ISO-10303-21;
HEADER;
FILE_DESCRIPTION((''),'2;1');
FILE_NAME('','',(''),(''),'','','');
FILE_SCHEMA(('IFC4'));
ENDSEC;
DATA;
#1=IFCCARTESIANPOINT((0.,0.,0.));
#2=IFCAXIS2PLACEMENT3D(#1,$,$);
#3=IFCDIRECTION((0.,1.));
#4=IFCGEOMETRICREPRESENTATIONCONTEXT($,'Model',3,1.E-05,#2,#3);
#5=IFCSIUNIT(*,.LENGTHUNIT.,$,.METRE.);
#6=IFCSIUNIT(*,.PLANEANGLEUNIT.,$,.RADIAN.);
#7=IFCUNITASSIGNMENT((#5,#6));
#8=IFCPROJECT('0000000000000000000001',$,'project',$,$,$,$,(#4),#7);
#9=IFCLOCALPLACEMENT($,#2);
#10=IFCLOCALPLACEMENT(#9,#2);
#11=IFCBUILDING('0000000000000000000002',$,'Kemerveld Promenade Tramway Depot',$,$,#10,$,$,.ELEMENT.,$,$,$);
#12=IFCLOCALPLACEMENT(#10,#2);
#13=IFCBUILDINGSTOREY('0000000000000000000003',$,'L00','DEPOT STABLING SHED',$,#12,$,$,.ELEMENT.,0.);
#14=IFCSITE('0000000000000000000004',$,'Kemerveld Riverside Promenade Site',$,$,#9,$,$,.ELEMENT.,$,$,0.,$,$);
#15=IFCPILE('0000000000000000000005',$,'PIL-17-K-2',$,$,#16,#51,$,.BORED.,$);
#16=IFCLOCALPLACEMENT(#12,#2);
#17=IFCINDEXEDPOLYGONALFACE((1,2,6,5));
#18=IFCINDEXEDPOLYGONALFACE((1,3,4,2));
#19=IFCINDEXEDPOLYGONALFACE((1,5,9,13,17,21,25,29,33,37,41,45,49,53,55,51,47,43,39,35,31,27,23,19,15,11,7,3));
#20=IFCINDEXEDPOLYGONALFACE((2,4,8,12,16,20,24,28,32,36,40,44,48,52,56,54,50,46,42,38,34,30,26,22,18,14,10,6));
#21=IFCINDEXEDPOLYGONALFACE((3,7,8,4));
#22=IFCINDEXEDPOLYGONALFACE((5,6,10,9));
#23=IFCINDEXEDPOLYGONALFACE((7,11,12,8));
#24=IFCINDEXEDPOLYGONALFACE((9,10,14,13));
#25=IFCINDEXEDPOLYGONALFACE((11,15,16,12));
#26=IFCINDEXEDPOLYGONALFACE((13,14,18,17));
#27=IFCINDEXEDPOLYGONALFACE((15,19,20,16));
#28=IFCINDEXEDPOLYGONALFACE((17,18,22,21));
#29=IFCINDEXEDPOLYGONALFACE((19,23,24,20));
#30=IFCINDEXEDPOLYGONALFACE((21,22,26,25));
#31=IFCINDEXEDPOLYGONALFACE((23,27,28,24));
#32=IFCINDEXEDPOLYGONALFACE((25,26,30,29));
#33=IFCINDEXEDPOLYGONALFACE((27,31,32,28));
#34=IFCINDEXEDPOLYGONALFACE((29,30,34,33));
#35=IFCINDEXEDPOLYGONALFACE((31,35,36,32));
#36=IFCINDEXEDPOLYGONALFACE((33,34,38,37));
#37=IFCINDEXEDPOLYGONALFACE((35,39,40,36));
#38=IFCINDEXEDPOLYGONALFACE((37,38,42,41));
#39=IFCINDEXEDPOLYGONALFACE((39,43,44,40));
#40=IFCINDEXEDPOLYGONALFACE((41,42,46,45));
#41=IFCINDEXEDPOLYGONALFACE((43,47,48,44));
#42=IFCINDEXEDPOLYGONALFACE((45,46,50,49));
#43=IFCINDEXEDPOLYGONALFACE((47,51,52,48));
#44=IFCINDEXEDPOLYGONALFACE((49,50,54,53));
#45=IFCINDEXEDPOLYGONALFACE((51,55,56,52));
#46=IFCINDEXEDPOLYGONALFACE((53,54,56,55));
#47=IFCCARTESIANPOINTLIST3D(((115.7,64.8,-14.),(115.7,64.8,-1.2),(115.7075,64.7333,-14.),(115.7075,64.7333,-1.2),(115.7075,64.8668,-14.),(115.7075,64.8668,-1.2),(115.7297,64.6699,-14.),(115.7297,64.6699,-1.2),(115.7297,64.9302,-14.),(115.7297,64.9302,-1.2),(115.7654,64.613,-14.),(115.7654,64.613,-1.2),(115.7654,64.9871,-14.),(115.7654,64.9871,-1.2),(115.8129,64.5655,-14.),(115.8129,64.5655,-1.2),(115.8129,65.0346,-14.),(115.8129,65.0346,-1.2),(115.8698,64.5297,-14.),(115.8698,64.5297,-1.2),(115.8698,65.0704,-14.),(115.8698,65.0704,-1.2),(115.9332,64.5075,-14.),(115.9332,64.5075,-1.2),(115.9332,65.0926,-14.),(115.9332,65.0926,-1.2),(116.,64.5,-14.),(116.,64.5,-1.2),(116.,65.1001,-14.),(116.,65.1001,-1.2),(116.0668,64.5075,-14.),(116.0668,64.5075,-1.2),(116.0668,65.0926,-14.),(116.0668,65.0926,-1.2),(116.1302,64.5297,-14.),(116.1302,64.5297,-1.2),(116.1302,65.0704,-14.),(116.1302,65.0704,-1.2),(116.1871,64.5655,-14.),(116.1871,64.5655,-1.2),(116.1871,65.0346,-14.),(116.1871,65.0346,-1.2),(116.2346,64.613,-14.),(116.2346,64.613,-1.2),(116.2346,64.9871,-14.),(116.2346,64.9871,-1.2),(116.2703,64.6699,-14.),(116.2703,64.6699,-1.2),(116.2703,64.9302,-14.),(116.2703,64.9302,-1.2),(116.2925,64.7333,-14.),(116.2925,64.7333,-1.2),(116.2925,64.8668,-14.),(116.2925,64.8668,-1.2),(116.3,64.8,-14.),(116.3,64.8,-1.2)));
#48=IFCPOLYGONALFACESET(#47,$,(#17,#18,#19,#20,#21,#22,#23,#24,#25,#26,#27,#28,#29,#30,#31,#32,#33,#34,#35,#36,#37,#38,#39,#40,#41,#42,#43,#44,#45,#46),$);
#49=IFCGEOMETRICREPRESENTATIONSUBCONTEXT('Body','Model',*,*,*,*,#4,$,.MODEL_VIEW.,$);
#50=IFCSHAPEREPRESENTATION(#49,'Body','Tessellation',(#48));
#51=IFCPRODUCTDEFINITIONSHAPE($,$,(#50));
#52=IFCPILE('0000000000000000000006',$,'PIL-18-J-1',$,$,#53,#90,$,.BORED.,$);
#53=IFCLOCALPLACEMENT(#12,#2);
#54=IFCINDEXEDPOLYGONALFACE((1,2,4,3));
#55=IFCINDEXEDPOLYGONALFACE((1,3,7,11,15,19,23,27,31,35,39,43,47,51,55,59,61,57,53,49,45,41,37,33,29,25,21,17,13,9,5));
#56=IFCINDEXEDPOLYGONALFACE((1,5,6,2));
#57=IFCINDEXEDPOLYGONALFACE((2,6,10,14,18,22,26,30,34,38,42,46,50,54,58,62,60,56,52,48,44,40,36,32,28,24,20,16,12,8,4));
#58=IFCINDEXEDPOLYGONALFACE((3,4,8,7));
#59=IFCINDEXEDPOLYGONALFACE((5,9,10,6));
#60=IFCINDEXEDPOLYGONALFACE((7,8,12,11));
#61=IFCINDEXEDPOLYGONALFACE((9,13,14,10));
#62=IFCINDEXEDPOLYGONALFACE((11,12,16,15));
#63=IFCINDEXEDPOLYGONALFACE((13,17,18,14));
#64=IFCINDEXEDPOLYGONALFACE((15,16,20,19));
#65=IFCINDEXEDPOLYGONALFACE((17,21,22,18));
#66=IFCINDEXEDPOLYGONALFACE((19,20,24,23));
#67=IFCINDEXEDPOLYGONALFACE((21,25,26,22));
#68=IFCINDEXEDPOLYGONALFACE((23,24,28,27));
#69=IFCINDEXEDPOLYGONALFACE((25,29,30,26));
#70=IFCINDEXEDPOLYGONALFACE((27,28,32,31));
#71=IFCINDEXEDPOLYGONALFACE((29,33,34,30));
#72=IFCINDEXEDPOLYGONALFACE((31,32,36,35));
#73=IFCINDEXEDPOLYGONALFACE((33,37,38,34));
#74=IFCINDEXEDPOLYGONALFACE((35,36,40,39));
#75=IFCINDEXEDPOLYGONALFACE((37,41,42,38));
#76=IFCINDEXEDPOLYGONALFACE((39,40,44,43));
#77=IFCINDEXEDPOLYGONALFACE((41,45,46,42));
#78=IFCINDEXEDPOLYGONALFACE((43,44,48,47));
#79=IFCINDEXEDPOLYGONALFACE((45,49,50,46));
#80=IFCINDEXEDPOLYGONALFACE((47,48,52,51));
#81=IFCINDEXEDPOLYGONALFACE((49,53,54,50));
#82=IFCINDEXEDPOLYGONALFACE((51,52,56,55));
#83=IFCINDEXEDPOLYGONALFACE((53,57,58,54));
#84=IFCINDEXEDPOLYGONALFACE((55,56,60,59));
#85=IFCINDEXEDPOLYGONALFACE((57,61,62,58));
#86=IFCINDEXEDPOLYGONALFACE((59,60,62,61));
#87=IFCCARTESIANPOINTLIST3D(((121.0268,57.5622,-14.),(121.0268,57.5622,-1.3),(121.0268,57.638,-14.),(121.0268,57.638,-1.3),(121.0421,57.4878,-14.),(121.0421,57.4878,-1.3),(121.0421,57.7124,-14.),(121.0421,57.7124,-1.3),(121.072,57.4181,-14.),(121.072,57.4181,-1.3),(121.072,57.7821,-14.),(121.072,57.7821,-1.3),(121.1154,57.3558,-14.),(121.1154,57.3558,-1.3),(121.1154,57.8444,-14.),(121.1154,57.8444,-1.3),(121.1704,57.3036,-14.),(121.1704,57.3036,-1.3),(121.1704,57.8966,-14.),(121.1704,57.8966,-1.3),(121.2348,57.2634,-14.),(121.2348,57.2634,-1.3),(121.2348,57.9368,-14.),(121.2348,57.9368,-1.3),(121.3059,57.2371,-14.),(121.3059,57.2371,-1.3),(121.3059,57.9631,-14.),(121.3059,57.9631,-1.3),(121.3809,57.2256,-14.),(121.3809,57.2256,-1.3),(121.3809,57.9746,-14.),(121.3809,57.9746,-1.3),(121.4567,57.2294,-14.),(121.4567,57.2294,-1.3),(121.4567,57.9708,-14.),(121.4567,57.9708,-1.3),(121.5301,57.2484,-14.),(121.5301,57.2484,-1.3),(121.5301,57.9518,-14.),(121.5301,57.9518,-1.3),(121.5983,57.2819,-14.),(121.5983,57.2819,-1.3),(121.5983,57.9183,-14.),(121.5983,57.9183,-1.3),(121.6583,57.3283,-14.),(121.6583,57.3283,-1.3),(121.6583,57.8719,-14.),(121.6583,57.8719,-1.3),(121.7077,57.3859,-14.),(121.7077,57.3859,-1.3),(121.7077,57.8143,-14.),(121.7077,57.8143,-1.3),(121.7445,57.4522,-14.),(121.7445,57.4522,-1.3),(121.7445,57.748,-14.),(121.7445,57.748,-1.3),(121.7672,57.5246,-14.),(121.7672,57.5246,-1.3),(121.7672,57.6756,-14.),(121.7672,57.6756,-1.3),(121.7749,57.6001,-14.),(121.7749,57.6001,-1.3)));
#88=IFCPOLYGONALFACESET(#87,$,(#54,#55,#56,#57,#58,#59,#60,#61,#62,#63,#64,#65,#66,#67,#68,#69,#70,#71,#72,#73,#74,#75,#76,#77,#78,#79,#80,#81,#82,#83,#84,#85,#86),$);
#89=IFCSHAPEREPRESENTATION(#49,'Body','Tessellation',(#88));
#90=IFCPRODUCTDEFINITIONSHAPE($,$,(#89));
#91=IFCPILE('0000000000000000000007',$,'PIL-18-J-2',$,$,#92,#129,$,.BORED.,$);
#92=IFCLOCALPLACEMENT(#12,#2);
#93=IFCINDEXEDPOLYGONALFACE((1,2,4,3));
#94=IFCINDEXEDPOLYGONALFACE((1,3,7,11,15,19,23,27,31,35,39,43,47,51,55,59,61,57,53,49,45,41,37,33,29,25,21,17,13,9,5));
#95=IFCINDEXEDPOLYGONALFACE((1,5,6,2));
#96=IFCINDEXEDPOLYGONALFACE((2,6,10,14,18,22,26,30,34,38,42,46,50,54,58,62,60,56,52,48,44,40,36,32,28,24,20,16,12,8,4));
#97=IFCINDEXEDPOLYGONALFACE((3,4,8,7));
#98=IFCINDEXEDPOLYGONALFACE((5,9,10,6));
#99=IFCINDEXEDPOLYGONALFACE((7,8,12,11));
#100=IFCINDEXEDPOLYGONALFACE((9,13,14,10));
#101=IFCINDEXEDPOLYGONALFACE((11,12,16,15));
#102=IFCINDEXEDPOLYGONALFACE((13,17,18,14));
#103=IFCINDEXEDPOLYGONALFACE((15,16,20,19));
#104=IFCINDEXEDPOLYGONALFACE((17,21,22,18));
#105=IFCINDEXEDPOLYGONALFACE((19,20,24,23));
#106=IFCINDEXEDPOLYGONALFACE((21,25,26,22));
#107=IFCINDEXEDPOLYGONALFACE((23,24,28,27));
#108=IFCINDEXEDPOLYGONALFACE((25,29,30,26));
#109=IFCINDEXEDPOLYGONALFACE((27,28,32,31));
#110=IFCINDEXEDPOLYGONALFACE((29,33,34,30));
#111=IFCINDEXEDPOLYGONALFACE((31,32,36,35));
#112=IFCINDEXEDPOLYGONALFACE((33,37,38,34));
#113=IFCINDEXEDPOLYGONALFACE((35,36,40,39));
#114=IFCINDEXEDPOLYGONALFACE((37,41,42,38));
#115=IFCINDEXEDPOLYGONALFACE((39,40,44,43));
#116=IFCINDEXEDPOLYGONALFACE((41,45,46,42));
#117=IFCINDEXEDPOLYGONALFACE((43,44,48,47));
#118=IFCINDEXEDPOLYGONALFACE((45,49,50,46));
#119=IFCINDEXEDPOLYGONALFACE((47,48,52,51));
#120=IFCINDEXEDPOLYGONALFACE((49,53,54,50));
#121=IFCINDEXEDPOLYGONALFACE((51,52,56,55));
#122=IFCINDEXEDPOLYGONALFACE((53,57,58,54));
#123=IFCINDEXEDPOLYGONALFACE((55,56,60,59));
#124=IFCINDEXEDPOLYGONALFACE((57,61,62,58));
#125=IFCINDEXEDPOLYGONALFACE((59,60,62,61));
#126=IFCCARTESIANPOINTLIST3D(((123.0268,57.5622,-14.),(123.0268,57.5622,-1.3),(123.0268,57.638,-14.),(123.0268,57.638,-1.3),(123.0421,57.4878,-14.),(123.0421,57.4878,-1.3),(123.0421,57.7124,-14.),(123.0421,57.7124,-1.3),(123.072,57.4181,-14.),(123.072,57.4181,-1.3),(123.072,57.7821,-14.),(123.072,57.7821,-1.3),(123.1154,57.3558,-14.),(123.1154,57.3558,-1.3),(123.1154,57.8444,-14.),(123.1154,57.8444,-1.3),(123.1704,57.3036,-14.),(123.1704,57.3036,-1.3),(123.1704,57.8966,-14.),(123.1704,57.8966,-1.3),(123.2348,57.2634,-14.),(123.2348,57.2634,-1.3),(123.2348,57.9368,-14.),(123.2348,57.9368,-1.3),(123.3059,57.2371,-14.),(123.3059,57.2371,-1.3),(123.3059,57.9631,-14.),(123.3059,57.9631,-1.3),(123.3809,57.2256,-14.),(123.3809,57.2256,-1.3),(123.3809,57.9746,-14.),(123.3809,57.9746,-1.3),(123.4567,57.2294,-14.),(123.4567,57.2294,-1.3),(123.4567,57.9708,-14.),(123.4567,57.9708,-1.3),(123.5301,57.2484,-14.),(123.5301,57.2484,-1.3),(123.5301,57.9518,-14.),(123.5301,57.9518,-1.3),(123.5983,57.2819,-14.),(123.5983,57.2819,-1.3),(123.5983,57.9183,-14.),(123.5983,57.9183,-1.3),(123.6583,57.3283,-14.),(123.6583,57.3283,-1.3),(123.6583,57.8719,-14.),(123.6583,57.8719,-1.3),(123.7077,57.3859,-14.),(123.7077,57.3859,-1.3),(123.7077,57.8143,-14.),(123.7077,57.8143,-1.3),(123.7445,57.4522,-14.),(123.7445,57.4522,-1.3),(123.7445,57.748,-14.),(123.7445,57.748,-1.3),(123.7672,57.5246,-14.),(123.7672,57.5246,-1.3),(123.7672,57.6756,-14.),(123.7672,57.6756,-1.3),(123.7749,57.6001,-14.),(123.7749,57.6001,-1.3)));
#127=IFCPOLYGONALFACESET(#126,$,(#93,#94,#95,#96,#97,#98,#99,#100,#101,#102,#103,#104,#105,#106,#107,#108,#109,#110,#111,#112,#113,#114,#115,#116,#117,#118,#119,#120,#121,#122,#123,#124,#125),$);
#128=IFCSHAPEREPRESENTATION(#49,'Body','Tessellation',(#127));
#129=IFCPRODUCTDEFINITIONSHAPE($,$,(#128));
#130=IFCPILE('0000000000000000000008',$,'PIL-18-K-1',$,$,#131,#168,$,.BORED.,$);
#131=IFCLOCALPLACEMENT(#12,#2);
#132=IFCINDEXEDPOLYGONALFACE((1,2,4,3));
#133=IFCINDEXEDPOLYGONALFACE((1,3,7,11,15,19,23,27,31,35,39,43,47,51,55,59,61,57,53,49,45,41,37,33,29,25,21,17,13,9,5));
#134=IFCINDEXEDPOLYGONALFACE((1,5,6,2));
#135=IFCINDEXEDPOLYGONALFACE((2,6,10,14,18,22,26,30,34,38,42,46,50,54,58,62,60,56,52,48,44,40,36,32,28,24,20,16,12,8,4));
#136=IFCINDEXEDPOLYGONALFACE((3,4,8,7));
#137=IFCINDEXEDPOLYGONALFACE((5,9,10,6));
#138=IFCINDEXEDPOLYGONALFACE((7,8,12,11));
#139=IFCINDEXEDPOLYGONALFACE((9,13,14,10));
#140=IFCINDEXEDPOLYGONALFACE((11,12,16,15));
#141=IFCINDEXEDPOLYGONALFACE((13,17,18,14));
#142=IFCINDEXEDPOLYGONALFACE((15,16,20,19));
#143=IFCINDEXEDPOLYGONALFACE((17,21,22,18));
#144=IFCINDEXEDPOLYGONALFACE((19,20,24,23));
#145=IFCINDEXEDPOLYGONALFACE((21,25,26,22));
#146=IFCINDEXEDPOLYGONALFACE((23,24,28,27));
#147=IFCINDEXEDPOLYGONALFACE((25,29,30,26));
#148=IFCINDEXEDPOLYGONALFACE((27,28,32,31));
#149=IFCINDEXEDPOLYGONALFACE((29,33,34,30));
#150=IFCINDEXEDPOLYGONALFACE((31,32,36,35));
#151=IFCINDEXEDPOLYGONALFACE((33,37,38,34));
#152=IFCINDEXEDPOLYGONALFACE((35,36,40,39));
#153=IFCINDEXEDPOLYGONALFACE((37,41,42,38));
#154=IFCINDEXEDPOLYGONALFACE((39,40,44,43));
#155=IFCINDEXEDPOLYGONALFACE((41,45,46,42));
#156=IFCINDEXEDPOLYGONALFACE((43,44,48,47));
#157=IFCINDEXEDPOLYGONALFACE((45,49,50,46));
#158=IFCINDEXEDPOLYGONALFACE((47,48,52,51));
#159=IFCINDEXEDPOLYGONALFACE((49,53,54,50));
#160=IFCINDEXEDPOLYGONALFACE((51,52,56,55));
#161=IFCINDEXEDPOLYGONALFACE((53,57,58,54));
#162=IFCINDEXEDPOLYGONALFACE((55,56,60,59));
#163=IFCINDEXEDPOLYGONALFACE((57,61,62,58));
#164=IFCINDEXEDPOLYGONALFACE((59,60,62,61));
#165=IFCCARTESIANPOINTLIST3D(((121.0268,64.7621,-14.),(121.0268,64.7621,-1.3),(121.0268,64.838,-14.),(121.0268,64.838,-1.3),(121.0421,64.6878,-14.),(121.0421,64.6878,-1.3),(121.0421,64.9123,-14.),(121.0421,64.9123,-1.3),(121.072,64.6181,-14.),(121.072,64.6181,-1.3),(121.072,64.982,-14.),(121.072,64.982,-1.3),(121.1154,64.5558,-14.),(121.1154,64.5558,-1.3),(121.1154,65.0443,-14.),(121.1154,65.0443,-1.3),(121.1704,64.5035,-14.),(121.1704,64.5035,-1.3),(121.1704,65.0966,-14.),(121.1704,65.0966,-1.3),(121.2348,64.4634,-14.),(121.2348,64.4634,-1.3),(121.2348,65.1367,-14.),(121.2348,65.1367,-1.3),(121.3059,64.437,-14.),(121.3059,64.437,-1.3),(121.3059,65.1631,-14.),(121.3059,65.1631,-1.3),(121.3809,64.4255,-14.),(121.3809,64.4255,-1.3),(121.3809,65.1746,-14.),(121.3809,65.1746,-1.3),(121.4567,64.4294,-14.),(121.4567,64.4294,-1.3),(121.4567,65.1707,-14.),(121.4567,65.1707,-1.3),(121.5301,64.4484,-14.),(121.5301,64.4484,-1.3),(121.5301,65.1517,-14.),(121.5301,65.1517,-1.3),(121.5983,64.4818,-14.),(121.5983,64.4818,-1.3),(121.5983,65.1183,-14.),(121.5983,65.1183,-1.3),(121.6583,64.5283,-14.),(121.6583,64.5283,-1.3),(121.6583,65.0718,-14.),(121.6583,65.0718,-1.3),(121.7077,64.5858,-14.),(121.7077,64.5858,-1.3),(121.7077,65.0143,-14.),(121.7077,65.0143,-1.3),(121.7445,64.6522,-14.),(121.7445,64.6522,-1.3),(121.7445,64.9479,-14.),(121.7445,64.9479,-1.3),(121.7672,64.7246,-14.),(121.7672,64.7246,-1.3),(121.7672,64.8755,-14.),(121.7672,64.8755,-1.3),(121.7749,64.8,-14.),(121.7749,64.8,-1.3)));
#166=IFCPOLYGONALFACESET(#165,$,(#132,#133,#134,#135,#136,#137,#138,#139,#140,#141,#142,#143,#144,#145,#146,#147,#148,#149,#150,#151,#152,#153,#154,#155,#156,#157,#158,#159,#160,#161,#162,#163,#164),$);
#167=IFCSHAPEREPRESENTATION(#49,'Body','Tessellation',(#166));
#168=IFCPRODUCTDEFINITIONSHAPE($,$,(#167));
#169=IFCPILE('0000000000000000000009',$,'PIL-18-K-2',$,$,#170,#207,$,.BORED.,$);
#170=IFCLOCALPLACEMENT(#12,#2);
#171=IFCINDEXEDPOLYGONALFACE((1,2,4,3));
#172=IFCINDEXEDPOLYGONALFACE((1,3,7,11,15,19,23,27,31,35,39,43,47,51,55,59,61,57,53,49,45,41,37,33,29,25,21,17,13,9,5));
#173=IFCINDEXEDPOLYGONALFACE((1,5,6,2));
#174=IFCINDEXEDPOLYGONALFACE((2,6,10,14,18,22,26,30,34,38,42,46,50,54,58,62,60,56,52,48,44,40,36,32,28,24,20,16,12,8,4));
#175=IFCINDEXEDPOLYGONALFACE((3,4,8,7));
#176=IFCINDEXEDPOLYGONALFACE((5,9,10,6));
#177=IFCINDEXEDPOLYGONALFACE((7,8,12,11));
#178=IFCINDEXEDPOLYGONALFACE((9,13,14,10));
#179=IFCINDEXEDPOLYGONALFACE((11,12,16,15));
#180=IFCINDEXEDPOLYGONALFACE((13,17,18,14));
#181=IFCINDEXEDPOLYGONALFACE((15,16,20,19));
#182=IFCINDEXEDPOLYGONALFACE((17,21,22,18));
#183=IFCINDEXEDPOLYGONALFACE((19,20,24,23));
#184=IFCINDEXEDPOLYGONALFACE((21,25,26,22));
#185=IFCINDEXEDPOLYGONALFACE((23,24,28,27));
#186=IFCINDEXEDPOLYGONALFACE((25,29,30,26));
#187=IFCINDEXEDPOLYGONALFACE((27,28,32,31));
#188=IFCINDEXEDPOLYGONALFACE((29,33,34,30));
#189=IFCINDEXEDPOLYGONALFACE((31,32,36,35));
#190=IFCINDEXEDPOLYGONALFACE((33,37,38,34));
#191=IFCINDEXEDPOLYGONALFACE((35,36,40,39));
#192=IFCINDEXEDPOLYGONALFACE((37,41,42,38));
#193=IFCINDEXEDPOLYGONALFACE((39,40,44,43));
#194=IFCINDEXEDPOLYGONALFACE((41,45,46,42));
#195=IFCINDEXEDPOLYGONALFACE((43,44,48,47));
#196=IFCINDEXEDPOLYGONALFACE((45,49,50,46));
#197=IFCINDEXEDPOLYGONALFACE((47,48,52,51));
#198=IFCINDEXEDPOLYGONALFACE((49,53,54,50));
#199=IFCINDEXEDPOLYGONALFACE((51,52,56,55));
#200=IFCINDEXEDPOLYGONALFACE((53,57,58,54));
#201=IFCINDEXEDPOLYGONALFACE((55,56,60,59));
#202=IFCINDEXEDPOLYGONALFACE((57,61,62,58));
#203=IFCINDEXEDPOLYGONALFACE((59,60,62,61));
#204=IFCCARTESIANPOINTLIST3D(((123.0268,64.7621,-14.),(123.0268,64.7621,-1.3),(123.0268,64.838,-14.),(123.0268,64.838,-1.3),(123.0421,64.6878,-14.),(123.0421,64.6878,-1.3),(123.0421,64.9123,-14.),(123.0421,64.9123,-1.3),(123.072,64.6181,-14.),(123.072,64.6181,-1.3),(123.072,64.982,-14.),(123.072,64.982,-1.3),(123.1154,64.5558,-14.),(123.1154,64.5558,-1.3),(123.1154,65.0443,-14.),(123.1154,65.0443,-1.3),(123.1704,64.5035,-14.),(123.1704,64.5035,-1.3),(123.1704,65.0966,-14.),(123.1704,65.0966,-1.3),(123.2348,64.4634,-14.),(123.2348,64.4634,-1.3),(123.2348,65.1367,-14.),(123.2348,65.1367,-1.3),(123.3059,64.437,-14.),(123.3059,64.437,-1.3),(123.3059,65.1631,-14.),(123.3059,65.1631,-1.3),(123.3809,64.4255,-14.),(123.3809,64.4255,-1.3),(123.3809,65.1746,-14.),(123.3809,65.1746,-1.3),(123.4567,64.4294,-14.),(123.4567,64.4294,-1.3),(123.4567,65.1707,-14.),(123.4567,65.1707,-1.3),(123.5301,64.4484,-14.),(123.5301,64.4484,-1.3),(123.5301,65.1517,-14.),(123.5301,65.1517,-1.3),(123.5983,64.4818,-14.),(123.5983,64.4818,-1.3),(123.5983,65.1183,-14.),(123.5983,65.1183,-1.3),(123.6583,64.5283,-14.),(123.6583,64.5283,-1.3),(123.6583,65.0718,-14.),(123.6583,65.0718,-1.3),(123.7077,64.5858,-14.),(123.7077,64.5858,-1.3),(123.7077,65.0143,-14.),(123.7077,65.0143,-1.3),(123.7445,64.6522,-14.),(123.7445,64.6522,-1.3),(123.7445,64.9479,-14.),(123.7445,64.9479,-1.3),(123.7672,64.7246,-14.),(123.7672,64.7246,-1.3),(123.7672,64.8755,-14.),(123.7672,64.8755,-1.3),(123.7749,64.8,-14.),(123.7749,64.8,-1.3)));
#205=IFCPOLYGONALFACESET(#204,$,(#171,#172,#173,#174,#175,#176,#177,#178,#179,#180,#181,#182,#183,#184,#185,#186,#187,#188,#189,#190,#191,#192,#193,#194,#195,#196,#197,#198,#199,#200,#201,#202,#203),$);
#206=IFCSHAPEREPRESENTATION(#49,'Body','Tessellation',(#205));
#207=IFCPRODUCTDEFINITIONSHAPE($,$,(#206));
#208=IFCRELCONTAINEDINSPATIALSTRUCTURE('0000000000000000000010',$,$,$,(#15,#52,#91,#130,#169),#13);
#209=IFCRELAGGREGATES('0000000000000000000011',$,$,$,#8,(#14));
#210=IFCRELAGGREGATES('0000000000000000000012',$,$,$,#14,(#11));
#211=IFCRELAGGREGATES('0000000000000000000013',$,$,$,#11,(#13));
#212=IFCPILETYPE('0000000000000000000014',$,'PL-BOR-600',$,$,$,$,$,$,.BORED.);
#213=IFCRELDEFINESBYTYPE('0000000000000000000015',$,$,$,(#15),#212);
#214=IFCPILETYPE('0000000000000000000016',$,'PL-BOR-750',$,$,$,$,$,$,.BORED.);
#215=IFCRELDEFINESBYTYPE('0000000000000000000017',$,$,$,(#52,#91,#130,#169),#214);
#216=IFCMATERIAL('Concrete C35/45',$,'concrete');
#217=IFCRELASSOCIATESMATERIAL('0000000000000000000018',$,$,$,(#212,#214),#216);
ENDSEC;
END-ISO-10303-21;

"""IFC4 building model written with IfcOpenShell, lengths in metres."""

from ifc_helpers import new_model, si_unit, direction, frame, origin, origin_2d, place, context, subcontext, project, spatial, circle, extrude, material, material_profile, profile_set, type_object, element, save


model = new_model("IFC4")

# Units and contexts
model_context = context("Model", 3, precision=1e-05, world=origin(), true_north=direction((0.0, 1.0)))
body_context = subcontext(model_context, "Body", "Model", "MODEL_VIEW")
ifc_project = project(units=[si_unit("LENGTHUNIT", "METRE"), si_unit("PLANEANGLEUNIT", "RADIAN")], contexts=[model_context])

# Site, building, storey
site_placement = place(None, origin())
site = spatial("IfcSite", under=ifc_project, at=site_placement, Name="Kemerveld Riverside Promenade Site", CompositionType="ELEMENT", RefElevation=0.0)
building_placement = place(site_placement, origin())
building = spatial("IfcBuilding", under=site, at=building_placement, Name="Kemerveld Promenade Tramway Depot", CompositionType="ELEMENT")
storey_placement = place(building_placement, origin())
storey = spatial("IfcBuildingStorey", under=building, at=storey_placement, Name="L00", Description="DEPOT STABLING SHED", CompositionType="ELEMENT", Elevation=0.0)

# Shared definitions
ifc_material_1 = material(Name="Concrete C35/45", Category="concrete")

# Piles
ifc_material_profile_1 = material_profile(ifc_material_1, circle(Radius=0.3, at=origin_2d()), Name="PILE-D600")
ifc_profile_set_1 = profile_set([ifc_material_profile_1], Name="Concrete C35/45")
pile_type_1 = type_object("IfcPileType", Name="PL-BOR-600", PredefinedType="BORED", material=ifc_profile_set_1)
for number, where, z_axis, x_axis, name in (
    (1, (116.0, 64.8, -1.2), (0.0, 0.0, -1.0), (1.0, 0.0, 0.0), "PIL-17-K-2"),
):
    element("IfcPile", number, at=place(storey_placement, frame(where, z_axis=z_axis, x_axis=x_axis)), inside=storey, type_object=pile_type_1, Name=name, PredefinedType="BORED", context=body_context, shape_type="SweptSolid", body=[
        extrude(circle(Radius=0.3, at=origin_2d()), origin(), (0.0, 0.0, 1.0), 12.8),
    ])
ifc_material_profile_2 = material_profile(ifc_material_1, circle(Radius=0.375, at=origin_2d()), Name="PILE-D750")
ifc_profile_set_2 = profile_set([ifc_material_profile_2], Name="Concrete C35/45")
pile_type_2 = type_object("IfcPileType", Name="PL-BOR-750", PredefinedType="BORED", material=ifc_profile_set_2)
for number, where, z_axis, x_axis, name in (
    (2, (121.3999, 57.6001, -1.3), (0.0, 0.0, -1.0), (1.0, 0.0, 0.0), "PIL-18-J-1"),
    (3, (123.3999, 57.6001, -1.3), (0.0, 0.0, -1.0), (1.0, 0.0, 0.0), "PIL-18-J-2"),
    (4, (121.3999, 64.8, -1.3), (0.0, 0.0, -1.0), (1.0, 0.0, 0.0), "PIL-18-K-1"),
    (5, (123.3999, 64.8, -1.3), (0.0, 0.0, -1.0), (1.0, 0.0, 0.0), "PIL-18-K-2"),
):
    element("IfcPile", number, at=place(storey_placement, frame(where, z_axis=z_axis, x_axis=x_axis)), inside=storey, type_object=pile_type_2, Name=name, PredefinedType="BORED", context=body_context, shape_type="SweptSolid", body=[
        extrude(circle(Radius=0.375, at=origin_2d()), origin(), (0.0, 0.0, 1.0), 12.7),
    ])

save(model, "model.ifc")
